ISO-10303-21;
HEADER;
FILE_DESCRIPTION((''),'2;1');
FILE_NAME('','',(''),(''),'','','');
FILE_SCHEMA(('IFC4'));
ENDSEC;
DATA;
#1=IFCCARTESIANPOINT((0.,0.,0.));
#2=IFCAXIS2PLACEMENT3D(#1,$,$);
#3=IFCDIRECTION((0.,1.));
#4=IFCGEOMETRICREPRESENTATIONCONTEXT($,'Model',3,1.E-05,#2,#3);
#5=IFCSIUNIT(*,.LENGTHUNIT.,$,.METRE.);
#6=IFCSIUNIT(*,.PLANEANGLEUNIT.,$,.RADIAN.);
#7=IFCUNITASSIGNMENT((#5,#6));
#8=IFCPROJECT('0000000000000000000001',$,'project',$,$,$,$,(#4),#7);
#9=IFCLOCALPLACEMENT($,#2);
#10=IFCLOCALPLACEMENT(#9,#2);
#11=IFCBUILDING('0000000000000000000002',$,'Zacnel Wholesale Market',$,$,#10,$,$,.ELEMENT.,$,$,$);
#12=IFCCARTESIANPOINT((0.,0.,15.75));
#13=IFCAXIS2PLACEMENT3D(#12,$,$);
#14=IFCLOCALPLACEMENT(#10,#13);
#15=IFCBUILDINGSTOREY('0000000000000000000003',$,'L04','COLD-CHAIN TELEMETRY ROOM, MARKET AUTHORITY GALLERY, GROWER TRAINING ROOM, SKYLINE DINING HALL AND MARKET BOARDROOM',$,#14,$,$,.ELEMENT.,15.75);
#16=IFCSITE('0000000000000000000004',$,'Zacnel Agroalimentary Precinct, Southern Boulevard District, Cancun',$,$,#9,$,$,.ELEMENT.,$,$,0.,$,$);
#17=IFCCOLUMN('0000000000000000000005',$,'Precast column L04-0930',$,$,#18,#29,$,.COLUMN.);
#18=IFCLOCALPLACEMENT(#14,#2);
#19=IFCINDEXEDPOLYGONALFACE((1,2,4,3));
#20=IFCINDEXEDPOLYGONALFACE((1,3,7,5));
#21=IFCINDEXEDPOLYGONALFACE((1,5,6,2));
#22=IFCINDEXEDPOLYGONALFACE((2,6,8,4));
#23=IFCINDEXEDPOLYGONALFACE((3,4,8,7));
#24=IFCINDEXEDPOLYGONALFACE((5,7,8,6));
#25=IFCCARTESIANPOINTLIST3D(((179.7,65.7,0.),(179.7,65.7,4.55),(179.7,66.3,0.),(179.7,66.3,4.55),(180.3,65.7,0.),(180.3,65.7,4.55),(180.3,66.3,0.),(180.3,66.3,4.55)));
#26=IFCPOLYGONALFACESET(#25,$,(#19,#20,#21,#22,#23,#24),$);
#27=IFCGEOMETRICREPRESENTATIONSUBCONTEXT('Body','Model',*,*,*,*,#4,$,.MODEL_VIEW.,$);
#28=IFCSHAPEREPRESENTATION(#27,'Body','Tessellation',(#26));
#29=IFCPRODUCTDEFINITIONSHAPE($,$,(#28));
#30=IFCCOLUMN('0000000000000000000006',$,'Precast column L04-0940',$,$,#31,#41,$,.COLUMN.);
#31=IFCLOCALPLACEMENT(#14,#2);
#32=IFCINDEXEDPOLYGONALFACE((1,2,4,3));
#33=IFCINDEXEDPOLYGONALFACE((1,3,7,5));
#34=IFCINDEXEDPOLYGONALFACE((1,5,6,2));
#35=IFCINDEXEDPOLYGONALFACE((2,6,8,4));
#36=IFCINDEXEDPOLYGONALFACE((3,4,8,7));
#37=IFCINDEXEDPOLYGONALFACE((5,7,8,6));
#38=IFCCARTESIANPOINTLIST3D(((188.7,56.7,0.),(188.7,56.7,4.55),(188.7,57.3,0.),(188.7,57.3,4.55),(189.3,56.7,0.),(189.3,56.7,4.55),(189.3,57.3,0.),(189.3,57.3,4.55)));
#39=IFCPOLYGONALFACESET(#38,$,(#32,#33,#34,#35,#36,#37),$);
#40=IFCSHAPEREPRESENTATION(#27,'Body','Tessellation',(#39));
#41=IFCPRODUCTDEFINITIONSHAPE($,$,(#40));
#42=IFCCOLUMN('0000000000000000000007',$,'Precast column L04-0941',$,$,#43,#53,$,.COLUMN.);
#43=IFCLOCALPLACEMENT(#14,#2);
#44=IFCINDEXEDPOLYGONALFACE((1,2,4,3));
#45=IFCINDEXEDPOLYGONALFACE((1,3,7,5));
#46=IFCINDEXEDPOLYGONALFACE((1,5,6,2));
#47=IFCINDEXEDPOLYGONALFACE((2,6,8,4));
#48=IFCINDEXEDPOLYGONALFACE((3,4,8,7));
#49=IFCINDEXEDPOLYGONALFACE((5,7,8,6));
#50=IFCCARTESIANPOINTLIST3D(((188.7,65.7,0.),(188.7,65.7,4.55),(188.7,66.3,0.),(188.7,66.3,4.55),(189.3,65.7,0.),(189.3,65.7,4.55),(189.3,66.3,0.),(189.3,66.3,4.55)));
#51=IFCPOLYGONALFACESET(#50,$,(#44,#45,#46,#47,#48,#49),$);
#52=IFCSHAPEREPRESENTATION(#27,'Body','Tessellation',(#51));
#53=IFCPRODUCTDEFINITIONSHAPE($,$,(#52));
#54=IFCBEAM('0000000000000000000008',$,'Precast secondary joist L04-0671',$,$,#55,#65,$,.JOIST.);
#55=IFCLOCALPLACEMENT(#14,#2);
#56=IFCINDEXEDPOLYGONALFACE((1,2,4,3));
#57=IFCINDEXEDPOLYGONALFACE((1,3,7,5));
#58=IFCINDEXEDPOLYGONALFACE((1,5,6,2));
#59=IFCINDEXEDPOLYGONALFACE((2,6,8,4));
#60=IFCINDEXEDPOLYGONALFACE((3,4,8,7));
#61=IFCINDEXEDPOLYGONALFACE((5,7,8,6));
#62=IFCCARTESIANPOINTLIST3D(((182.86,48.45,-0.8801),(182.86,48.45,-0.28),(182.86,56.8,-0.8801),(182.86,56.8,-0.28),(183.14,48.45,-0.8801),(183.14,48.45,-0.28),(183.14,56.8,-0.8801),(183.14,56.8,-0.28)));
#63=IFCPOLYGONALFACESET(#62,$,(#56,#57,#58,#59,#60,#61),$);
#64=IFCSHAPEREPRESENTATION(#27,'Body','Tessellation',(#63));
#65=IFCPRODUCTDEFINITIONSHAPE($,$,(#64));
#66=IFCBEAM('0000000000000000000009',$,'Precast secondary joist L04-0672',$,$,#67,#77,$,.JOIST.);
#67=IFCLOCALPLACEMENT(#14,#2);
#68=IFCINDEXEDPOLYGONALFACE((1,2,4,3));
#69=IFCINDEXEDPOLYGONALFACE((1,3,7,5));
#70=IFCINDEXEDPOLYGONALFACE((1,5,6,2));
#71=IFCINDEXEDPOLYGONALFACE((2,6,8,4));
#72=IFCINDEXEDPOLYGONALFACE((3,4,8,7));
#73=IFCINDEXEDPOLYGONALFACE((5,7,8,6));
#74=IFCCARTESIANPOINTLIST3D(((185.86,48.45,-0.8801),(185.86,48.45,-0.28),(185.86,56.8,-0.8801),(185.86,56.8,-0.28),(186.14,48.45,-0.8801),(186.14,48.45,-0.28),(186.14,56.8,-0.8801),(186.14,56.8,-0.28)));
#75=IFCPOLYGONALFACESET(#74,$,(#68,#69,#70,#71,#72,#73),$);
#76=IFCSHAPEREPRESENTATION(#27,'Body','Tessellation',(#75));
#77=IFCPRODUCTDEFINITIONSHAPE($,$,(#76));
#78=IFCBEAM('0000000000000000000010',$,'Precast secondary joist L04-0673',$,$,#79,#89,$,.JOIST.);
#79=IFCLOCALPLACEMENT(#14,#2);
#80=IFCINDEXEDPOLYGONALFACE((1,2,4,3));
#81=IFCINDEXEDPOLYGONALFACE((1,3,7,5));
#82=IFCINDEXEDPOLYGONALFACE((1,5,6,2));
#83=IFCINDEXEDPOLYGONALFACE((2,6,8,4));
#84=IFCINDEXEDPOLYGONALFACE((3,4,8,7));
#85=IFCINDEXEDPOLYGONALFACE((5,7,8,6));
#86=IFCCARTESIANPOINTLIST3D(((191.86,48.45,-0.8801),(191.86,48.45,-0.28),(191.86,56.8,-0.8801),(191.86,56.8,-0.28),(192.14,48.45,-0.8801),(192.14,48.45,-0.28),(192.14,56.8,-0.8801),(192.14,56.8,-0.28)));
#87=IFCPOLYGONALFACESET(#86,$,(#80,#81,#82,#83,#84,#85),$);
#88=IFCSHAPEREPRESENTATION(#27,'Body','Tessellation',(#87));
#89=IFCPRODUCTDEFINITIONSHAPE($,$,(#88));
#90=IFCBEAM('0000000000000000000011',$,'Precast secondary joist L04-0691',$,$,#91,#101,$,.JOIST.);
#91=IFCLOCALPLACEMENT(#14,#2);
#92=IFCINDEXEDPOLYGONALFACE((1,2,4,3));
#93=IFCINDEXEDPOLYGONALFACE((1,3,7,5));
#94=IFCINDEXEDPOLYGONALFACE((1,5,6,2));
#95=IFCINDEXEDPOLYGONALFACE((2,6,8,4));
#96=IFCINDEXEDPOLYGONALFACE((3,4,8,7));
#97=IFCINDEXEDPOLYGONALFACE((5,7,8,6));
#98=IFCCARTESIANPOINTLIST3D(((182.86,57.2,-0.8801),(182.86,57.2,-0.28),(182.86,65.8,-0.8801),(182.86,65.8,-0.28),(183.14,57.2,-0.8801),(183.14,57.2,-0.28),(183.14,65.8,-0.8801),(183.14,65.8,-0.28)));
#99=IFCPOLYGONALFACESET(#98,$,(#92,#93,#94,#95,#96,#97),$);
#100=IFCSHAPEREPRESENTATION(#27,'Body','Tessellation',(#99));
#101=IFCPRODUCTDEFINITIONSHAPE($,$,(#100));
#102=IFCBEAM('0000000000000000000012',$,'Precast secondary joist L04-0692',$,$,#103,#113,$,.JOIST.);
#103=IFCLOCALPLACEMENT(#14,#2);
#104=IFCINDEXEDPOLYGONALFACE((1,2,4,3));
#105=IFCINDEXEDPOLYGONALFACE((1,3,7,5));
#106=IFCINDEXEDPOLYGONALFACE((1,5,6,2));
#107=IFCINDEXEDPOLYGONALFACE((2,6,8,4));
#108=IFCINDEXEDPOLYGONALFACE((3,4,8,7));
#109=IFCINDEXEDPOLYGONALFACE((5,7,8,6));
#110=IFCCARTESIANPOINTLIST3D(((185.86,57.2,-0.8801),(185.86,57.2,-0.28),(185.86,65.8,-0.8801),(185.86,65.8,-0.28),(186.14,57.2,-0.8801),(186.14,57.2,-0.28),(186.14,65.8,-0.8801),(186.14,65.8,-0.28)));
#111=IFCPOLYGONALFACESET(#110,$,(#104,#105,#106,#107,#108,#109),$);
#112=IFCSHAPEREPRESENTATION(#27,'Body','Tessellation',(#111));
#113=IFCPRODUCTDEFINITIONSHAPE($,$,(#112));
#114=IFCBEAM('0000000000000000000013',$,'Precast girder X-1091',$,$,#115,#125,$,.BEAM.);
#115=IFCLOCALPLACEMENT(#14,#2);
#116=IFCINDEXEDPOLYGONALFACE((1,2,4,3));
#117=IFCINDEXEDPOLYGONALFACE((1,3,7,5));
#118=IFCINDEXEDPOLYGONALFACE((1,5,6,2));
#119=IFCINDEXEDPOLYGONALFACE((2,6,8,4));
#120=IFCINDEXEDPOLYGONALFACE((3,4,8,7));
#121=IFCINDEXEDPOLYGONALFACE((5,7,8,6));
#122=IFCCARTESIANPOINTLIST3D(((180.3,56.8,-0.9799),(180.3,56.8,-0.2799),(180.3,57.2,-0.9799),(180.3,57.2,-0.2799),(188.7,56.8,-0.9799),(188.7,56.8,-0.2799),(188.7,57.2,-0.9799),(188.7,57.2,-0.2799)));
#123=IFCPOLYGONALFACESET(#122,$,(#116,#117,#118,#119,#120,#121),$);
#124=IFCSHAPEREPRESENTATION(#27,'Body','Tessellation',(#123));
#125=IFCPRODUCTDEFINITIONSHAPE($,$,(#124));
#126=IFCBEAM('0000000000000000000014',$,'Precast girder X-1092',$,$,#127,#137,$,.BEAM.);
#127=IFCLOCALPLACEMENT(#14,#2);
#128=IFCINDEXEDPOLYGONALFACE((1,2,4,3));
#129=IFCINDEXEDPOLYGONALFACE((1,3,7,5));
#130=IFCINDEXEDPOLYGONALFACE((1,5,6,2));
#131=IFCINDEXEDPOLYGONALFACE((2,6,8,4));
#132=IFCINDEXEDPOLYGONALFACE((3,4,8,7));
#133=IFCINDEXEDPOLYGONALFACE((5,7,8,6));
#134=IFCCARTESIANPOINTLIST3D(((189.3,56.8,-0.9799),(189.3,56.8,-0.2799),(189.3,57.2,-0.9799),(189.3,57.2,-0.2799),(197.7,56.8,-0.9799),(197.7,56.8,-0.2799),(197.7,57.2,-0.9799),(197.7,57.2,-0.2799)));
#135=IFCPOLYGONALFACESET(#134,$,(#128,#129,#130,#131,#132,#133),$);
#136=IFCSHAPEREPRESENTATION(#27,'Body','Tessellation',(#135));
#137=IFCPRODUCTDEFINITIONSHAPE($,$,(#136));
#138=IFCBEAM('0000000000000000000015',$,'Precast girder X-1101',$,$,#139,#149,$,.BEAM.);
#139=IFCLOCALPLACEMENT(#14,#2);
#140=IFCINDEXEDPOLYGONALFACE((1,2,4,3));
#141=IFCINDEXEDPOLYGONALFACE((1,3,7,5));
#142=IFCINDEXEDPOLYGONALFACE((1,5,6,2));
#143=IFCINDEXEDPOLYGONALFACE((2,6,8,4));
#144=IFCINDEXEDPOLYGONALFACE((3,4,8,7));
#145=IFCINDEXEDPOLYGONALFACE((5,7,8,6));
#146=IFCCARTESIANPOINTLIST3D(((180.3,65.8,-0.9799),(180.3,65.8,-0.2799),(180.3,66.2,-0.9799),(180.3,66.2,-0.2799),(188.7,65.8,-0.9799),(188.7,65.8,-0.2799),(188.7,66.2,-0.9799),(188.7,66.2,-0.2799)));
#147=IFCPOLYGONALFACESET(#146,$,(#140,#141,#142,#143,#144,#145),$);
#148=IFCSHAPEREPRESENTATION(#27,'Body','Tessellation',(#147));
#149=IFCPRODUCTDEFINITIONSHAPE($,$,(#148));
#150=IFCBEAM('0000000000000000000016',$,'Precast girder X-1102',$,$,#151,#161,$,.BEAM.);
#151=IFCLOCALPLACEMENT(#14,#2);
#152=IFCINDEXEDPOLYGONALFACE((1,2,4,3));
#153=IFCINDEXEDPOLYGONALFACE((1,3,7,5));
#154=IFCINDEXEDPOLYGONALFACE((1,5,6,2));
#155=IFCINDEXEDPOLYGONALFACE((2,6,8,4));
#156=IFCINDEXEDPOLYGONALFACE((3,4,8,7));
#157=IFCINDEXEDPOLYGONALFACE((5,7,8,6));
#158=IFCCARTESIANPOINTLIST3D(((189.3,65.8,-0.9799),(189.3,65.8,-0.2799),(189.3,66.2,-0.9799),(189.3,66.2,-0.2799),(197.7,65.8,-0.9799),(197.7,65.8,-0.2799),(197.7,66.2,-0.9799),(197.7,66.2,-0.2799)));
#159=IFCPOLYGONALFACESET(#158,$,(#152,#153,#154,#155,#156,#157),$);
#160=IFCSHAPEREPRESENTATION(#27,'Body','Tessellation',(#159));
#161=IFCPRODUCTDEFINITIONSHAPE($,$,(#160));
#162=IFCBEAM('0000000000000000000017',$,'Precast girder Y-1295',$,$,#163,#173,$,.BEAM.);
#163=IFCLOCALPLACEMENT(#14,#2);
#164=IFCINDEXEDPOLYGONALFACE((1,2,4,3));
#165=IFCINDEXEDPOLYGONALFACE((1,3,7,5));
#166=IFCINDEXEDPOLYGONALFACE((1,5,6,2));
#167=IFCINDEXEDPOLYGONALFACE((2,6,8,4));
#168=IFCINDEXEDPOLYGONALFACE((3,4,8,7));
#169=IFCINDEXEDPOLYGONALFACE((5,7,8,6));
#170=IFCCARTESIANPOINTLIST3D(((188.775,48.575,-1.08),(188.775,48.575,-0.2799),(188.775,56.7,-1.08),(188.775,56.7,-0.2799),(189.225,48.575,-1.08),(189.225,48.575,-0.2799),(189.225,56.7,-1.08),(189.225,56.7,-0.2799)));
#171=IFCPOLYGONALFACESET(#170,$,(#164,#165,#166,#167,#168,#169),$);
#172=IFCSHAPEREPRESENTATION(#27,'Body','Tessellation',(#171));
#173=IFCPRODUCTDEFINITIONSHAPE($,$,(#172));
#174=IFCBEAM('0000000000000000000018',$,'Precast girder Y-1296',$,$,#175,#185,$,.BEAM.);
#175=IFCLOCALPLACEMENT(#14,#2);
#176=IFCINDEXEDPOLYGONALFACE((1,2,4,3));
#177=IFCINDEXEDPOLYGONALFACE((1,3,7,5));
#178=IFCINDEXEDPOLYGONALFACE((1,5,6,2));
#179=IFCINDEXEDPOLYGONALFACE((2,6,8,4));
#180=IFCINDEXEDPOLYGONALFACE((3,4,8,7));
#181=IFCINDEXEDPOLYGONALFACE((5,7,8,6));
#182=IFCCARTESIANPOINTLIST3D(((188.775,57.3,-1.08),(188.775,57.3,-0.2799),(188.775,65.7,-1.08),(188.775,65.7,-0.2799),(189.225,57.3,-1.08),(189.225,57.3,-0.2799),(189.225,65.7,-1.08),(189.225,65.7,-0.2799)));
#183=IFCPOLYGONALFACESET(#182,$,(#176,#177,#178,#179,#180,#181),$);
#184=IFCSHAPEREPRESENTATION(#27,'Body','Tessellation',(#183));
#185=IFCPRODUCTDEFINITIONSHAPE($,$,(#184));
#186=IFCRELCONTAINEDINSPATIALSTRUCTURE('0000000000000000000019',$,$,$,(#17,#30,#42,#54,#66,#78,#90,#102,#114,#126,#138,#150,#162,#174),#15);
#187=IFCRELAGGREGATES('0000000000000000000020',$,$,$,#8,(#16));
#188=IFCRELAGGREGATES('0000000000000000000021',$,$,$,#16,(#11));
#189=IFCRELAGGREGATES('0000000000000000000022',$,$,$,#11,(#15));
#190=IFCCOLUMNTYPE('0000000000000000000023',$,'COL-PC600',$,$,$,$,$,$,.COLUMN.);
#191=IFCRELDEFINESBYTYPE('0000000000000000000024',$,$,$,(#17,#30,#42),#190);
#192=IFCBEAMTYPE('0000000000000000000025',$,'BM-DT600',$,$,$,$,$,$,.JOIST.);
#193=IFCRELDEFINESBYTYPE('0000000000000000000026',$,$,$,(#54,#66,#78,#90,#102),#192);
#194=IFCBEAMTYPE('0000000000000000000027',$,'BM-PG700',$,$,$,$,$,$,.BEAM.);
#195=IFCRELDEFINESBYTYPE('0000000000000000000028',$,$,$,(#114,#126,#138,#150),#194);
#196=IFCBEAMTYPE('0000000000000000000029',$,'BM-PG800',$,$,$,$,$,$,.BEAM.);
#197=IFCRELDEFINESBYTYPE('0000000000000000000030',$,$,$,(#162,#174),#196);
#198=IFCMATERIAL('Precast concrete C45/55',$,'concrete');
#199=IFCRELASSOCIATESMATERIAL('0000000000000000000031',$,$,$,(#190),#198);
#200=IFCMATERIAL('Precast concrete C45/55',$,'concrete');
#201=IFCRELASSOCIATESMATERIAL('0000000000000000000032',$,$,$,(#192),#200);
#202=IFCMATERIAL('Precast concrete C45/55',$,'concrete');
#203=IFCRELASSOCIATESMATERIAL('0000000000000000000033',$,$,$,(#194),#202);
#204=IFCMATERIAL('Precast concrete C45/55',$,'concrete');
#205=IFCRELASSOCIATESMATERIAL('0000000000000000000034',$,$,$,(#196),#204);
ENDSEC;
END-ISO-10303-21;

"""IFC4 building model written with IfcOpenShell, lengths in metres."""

from ifc_helpers import new_model, si_unit, direction, frame, origin, origin_2d, place, context, subcontext, project, spatial, rectangle, extrude, material, material_profile, profile_set, type_object, element, save


model = new_model("IFC4")

# Units and contexts
model_context = context("Model", 3, precision=1e-05, world=origin(), true_north=direction((0.0, 1.0)))
body_context = subcontext(model_context, "Body", "Model", "MODEL_VIEW")
ifc_project = project(units=[si_unit("LENGTHUNIT", "METRE"), si_unit("PLANEANGLEUNIT", "RADIAN")], contexts=[model_context])

# Site, building, storey
site_placement = place(None, origin())
site = spatial("IfcSite", under=ifc_project, at=site_placement, Name="Zacnel Agroalimentary Precinct, Southern Boulevard District, Cancun", CompositionType="ELEMENT", RefElevation=0.0)
building_placement = place(site_placement, origin())
building = spatial("IfcBuilding", under=site, at=building_placement, Name="Zacnel Wholesale Market", CompositionType="ELEMENT")
storey_placement = place(building_placement, frame((0.0, 0.0, 15.75)))
storey = spatial("IfcBuildingStorey", under=building, at=storey_placement, Name="L04", Description="COLD-CHAIN TELEMETRY ROOM, MARKET AUTHORITY GALLERY, GROWER TRAINING ROOM, SKYLINE DINING HALL AND MARKET BOARDROOM", CompositionType="ELEMENT", Elevation=15.75)

# Columns
ifc_material_1 = material(Name="Precast concrete C45/55", Category="concrete")
ifc_material_profile_1 = material_profile(ifc_material_1, rectangle(XDim=0.6001, YDim=0.6001, at=origin_2d()), Name="PC 600x600")
ifc_profile_set_1 = profile_set([ifc_material_profile_1], Name="Precast concrete C45/55")
column_type = type_object("IfcColumnType", Name="COL-PC600", PredefinedType="COLUMN", material=ifc_profile_set_1)
for number, where, z_axis, x_axis, name in (
    (1, (180.0, 66.0, 0.0), (0.0, 0.0, 1.0), (1.0, 0.0, 0.0), "Precast column L04-0930"),
    (2, (189.0, 57.0, 0.0), (0.0, 0.0, 1.0), (1.0, 0.0, 0.0), "Precast column L04-0940"),
    (3, (189.0, 66.0, 0.0), (0.0, 0.0, 1.0), (1.0, 0.0, 0.0), "Precast column L04-0941"),
):
    element("IfcColumn", number, at=place(storey_placement, frame(where, z_axis=z_axis, x_axis=x_axis)), inside=storey, type_object=column_type, Name=name, PredefinedType="COLUMN", context=body_context, shape_type="SweptSolid", body=[
        extrude(rectangle(XDim=0.6001, YDim=0.6001, at=origin_2d()), origin(), (0.0, 0.0, 1.0), 4.55),
    ])

# Beams
ifc_material_2 = material(Name="Precast concrete C45/55", Category="concrete")
ifc_material_profile_2 = material_profile(ifc_material_2, rectangle(XDim=0.28, YDim=0.6001, at=origin_2d()), Name="DT RIB 280x600")
ifc_profile_set_2 = profile_set([ifc_material_profile_2], Name="Precast concrete C45/55")
beam_type_1 = type_object("IfcBeamType", Name="BM-DT600", PredefinedType="JOIST", material=ifc_profile_set_2)
for number, where, z_axis, x_axis, name in (
    (4, (183.0, 48.45, -0.5801), (0.0, 1.0, 0.0), (-1.0, 0.0, 0.0), "Precast secondary joist L04-0671"),
    (5, (186.0, 48.45, -0.5801), (0.0, 1.0, 0.0), (-1.0, 0.0, 0.0), "Precast secondary joist L04-0672"),
    (6, (192.0, 48.45, -0.5801), (0.0, 1.0, 0.0), (-1.0, 0.0, 0.0), "Precast secondary joist L04-0673"),
):
    element("IfcBeam", number, at=place(storey_placement, frame(where, z_axis=z_axis, x_axis=x_axis)), inside=storey, type_object=beam_type_1, Name=name, PredefinedType="JOIST", context=body_context, shape_type="SweptSolid", body=[
        extrude(rectangle(XDim=0.28, YDim=0.6001, at=origin_2d()), origin(), (0.0, 0.0, 1.0), 8.3501),
    ])
for number, where, z_axis, x_axis, name in (
    (7, (183.0, 57.2, -0.5801), (0.0, 1.0, 0.0), (-1.0, 0.0, 0.0), "Precast secondary joist L04-0691"),
    (8, (186.0, 57.2, -0.5801), (0.0, 1.0, 0.0), (-1.0, 0.0, 0.0), "Precast secondary joist L04-0692"),
):
    element("IfcBeam", number, at=place(storey_placement, frame(where, z_axis=z_axis, x_axis=x_axis)), inside=storey, type_object=beam_type_1, Name=name, PredefinedType="JOIST", context=body_context, shape_type="SweptSolid", body=[
        extrude(rectangle(XDim=0.28, YDim=0.6001, at=origin_2d()), origin(), (0.0, 0.0, 1.0), 8.6001),
    ])
ifc_material_3 = material(Name="Precast concrete C45/55", Category="concrete")
ifc_material_profile_3 = material_profile(ifc_material_3, rectangle(XDim=0.3999, YDim=0.7, at=origin_2d()), Name="PG 400x700")
ifc_profile_set_3 = profile_set([ifc_material_profile_3], Name="Precast concrete C45/55")
beam_type_2 = type_object("IfcBeamType", Name="BM-PG700", PredefinedType="BEAM", material=ifc_profile_set_3)
for number, where, z_axis, x_axis, name in (
    (9, (180.3, 57.0, -0.6299), (1.0, 0.0, 0.0), (0.0, 1.0, 0.0), "Precast girder X-1091"),
    (10, (189.3, 57.0, -0.6299), (1.0, 0.0, 0.0), (0.0, 1.0, 0.0), "Precast girder X-1092"),
    (11, (180.3, 66.0, -0.6299), (1.0, 0.0, 0.0), (0.0, 1.0, 0.0), "Precast girder X-1101"),
    (12, (189.3, 66.0, -0.6299), (1.0, 0.0, 0.0), (0.0, 1.0, 0.0), "Precast girder X-1102"),
):
    element("IfcBeam", number, at=place(storey_placement, frame(where, z_axis=z_axis, x_axis=x_axis)), inside=storey, type_object=beam_type_2, Name=name, PredefinedType="BEAM", context=body_context, shape_type="SweptSolid", body=[
        extrude(rectangle(XDim=0.3999, YDim=0.7, at=origin_2d()), origin(), (0.0, 0.0, 1.0), 8.3999),
    ])
ifc_material_4 = material(Name="Precast concrete C45/55", Category="concrete")
ifc_material_profile_4 = material_profile(ifc_material_4, rectangle(XDim=0.45, YDim=0.8, at=origin_2d()), Name="PG 450x800")
ifc_profile_set_4 = profile_set([ifc_material_profile_4], Name="Precast concrete C45/55")
beam_type_3 = type_object("IfcBeamType", Name="BM-PG800", PredefinedType="BEAM", material=ifc_profile_set_4)
beam_1_placement = place(storey_placement, frame((189.0, 48.575, -0.6799), z_axis=(0.0, 1.0, 0.0), x_axis=(-1.0, 0.0, 0.0)))
element("IfcBeam", 13, at=beam_1_placement, inside=storey, type_object=beam_type_3, Name="Precast girder Y-1295", PredefinedType="BEAM", context=body_context, shape_type="SweptSolid", body=[
    extrude(rectangle(XDim=0.45, YDim=0.8, at=origin_2d()), origin(), (0.0, 0.0, 1.0), 8.125),
])
beam_2_placement = place(storey_placement, frame((189.0, 57.3, -0.6799), z_axis=(0.0, 1.0, 0.0), x_axis=(-1.0, 0.0, 0.0)))
element("IfcBeam", 14, at=beam_2_placement, inside=storey, type_object=beam_type_3, Name="Precast girder Y-1296", PredefinedType="BEAM", context=body_context, shape_type="SweptSolid", body=[
    extrude(rectangle(XDim=0.45, YDim=0.8, at=origin_2d()), origin(), (0.0, 0.0, 1.0), 8.3999),
])

save(model, "model.ifc")
